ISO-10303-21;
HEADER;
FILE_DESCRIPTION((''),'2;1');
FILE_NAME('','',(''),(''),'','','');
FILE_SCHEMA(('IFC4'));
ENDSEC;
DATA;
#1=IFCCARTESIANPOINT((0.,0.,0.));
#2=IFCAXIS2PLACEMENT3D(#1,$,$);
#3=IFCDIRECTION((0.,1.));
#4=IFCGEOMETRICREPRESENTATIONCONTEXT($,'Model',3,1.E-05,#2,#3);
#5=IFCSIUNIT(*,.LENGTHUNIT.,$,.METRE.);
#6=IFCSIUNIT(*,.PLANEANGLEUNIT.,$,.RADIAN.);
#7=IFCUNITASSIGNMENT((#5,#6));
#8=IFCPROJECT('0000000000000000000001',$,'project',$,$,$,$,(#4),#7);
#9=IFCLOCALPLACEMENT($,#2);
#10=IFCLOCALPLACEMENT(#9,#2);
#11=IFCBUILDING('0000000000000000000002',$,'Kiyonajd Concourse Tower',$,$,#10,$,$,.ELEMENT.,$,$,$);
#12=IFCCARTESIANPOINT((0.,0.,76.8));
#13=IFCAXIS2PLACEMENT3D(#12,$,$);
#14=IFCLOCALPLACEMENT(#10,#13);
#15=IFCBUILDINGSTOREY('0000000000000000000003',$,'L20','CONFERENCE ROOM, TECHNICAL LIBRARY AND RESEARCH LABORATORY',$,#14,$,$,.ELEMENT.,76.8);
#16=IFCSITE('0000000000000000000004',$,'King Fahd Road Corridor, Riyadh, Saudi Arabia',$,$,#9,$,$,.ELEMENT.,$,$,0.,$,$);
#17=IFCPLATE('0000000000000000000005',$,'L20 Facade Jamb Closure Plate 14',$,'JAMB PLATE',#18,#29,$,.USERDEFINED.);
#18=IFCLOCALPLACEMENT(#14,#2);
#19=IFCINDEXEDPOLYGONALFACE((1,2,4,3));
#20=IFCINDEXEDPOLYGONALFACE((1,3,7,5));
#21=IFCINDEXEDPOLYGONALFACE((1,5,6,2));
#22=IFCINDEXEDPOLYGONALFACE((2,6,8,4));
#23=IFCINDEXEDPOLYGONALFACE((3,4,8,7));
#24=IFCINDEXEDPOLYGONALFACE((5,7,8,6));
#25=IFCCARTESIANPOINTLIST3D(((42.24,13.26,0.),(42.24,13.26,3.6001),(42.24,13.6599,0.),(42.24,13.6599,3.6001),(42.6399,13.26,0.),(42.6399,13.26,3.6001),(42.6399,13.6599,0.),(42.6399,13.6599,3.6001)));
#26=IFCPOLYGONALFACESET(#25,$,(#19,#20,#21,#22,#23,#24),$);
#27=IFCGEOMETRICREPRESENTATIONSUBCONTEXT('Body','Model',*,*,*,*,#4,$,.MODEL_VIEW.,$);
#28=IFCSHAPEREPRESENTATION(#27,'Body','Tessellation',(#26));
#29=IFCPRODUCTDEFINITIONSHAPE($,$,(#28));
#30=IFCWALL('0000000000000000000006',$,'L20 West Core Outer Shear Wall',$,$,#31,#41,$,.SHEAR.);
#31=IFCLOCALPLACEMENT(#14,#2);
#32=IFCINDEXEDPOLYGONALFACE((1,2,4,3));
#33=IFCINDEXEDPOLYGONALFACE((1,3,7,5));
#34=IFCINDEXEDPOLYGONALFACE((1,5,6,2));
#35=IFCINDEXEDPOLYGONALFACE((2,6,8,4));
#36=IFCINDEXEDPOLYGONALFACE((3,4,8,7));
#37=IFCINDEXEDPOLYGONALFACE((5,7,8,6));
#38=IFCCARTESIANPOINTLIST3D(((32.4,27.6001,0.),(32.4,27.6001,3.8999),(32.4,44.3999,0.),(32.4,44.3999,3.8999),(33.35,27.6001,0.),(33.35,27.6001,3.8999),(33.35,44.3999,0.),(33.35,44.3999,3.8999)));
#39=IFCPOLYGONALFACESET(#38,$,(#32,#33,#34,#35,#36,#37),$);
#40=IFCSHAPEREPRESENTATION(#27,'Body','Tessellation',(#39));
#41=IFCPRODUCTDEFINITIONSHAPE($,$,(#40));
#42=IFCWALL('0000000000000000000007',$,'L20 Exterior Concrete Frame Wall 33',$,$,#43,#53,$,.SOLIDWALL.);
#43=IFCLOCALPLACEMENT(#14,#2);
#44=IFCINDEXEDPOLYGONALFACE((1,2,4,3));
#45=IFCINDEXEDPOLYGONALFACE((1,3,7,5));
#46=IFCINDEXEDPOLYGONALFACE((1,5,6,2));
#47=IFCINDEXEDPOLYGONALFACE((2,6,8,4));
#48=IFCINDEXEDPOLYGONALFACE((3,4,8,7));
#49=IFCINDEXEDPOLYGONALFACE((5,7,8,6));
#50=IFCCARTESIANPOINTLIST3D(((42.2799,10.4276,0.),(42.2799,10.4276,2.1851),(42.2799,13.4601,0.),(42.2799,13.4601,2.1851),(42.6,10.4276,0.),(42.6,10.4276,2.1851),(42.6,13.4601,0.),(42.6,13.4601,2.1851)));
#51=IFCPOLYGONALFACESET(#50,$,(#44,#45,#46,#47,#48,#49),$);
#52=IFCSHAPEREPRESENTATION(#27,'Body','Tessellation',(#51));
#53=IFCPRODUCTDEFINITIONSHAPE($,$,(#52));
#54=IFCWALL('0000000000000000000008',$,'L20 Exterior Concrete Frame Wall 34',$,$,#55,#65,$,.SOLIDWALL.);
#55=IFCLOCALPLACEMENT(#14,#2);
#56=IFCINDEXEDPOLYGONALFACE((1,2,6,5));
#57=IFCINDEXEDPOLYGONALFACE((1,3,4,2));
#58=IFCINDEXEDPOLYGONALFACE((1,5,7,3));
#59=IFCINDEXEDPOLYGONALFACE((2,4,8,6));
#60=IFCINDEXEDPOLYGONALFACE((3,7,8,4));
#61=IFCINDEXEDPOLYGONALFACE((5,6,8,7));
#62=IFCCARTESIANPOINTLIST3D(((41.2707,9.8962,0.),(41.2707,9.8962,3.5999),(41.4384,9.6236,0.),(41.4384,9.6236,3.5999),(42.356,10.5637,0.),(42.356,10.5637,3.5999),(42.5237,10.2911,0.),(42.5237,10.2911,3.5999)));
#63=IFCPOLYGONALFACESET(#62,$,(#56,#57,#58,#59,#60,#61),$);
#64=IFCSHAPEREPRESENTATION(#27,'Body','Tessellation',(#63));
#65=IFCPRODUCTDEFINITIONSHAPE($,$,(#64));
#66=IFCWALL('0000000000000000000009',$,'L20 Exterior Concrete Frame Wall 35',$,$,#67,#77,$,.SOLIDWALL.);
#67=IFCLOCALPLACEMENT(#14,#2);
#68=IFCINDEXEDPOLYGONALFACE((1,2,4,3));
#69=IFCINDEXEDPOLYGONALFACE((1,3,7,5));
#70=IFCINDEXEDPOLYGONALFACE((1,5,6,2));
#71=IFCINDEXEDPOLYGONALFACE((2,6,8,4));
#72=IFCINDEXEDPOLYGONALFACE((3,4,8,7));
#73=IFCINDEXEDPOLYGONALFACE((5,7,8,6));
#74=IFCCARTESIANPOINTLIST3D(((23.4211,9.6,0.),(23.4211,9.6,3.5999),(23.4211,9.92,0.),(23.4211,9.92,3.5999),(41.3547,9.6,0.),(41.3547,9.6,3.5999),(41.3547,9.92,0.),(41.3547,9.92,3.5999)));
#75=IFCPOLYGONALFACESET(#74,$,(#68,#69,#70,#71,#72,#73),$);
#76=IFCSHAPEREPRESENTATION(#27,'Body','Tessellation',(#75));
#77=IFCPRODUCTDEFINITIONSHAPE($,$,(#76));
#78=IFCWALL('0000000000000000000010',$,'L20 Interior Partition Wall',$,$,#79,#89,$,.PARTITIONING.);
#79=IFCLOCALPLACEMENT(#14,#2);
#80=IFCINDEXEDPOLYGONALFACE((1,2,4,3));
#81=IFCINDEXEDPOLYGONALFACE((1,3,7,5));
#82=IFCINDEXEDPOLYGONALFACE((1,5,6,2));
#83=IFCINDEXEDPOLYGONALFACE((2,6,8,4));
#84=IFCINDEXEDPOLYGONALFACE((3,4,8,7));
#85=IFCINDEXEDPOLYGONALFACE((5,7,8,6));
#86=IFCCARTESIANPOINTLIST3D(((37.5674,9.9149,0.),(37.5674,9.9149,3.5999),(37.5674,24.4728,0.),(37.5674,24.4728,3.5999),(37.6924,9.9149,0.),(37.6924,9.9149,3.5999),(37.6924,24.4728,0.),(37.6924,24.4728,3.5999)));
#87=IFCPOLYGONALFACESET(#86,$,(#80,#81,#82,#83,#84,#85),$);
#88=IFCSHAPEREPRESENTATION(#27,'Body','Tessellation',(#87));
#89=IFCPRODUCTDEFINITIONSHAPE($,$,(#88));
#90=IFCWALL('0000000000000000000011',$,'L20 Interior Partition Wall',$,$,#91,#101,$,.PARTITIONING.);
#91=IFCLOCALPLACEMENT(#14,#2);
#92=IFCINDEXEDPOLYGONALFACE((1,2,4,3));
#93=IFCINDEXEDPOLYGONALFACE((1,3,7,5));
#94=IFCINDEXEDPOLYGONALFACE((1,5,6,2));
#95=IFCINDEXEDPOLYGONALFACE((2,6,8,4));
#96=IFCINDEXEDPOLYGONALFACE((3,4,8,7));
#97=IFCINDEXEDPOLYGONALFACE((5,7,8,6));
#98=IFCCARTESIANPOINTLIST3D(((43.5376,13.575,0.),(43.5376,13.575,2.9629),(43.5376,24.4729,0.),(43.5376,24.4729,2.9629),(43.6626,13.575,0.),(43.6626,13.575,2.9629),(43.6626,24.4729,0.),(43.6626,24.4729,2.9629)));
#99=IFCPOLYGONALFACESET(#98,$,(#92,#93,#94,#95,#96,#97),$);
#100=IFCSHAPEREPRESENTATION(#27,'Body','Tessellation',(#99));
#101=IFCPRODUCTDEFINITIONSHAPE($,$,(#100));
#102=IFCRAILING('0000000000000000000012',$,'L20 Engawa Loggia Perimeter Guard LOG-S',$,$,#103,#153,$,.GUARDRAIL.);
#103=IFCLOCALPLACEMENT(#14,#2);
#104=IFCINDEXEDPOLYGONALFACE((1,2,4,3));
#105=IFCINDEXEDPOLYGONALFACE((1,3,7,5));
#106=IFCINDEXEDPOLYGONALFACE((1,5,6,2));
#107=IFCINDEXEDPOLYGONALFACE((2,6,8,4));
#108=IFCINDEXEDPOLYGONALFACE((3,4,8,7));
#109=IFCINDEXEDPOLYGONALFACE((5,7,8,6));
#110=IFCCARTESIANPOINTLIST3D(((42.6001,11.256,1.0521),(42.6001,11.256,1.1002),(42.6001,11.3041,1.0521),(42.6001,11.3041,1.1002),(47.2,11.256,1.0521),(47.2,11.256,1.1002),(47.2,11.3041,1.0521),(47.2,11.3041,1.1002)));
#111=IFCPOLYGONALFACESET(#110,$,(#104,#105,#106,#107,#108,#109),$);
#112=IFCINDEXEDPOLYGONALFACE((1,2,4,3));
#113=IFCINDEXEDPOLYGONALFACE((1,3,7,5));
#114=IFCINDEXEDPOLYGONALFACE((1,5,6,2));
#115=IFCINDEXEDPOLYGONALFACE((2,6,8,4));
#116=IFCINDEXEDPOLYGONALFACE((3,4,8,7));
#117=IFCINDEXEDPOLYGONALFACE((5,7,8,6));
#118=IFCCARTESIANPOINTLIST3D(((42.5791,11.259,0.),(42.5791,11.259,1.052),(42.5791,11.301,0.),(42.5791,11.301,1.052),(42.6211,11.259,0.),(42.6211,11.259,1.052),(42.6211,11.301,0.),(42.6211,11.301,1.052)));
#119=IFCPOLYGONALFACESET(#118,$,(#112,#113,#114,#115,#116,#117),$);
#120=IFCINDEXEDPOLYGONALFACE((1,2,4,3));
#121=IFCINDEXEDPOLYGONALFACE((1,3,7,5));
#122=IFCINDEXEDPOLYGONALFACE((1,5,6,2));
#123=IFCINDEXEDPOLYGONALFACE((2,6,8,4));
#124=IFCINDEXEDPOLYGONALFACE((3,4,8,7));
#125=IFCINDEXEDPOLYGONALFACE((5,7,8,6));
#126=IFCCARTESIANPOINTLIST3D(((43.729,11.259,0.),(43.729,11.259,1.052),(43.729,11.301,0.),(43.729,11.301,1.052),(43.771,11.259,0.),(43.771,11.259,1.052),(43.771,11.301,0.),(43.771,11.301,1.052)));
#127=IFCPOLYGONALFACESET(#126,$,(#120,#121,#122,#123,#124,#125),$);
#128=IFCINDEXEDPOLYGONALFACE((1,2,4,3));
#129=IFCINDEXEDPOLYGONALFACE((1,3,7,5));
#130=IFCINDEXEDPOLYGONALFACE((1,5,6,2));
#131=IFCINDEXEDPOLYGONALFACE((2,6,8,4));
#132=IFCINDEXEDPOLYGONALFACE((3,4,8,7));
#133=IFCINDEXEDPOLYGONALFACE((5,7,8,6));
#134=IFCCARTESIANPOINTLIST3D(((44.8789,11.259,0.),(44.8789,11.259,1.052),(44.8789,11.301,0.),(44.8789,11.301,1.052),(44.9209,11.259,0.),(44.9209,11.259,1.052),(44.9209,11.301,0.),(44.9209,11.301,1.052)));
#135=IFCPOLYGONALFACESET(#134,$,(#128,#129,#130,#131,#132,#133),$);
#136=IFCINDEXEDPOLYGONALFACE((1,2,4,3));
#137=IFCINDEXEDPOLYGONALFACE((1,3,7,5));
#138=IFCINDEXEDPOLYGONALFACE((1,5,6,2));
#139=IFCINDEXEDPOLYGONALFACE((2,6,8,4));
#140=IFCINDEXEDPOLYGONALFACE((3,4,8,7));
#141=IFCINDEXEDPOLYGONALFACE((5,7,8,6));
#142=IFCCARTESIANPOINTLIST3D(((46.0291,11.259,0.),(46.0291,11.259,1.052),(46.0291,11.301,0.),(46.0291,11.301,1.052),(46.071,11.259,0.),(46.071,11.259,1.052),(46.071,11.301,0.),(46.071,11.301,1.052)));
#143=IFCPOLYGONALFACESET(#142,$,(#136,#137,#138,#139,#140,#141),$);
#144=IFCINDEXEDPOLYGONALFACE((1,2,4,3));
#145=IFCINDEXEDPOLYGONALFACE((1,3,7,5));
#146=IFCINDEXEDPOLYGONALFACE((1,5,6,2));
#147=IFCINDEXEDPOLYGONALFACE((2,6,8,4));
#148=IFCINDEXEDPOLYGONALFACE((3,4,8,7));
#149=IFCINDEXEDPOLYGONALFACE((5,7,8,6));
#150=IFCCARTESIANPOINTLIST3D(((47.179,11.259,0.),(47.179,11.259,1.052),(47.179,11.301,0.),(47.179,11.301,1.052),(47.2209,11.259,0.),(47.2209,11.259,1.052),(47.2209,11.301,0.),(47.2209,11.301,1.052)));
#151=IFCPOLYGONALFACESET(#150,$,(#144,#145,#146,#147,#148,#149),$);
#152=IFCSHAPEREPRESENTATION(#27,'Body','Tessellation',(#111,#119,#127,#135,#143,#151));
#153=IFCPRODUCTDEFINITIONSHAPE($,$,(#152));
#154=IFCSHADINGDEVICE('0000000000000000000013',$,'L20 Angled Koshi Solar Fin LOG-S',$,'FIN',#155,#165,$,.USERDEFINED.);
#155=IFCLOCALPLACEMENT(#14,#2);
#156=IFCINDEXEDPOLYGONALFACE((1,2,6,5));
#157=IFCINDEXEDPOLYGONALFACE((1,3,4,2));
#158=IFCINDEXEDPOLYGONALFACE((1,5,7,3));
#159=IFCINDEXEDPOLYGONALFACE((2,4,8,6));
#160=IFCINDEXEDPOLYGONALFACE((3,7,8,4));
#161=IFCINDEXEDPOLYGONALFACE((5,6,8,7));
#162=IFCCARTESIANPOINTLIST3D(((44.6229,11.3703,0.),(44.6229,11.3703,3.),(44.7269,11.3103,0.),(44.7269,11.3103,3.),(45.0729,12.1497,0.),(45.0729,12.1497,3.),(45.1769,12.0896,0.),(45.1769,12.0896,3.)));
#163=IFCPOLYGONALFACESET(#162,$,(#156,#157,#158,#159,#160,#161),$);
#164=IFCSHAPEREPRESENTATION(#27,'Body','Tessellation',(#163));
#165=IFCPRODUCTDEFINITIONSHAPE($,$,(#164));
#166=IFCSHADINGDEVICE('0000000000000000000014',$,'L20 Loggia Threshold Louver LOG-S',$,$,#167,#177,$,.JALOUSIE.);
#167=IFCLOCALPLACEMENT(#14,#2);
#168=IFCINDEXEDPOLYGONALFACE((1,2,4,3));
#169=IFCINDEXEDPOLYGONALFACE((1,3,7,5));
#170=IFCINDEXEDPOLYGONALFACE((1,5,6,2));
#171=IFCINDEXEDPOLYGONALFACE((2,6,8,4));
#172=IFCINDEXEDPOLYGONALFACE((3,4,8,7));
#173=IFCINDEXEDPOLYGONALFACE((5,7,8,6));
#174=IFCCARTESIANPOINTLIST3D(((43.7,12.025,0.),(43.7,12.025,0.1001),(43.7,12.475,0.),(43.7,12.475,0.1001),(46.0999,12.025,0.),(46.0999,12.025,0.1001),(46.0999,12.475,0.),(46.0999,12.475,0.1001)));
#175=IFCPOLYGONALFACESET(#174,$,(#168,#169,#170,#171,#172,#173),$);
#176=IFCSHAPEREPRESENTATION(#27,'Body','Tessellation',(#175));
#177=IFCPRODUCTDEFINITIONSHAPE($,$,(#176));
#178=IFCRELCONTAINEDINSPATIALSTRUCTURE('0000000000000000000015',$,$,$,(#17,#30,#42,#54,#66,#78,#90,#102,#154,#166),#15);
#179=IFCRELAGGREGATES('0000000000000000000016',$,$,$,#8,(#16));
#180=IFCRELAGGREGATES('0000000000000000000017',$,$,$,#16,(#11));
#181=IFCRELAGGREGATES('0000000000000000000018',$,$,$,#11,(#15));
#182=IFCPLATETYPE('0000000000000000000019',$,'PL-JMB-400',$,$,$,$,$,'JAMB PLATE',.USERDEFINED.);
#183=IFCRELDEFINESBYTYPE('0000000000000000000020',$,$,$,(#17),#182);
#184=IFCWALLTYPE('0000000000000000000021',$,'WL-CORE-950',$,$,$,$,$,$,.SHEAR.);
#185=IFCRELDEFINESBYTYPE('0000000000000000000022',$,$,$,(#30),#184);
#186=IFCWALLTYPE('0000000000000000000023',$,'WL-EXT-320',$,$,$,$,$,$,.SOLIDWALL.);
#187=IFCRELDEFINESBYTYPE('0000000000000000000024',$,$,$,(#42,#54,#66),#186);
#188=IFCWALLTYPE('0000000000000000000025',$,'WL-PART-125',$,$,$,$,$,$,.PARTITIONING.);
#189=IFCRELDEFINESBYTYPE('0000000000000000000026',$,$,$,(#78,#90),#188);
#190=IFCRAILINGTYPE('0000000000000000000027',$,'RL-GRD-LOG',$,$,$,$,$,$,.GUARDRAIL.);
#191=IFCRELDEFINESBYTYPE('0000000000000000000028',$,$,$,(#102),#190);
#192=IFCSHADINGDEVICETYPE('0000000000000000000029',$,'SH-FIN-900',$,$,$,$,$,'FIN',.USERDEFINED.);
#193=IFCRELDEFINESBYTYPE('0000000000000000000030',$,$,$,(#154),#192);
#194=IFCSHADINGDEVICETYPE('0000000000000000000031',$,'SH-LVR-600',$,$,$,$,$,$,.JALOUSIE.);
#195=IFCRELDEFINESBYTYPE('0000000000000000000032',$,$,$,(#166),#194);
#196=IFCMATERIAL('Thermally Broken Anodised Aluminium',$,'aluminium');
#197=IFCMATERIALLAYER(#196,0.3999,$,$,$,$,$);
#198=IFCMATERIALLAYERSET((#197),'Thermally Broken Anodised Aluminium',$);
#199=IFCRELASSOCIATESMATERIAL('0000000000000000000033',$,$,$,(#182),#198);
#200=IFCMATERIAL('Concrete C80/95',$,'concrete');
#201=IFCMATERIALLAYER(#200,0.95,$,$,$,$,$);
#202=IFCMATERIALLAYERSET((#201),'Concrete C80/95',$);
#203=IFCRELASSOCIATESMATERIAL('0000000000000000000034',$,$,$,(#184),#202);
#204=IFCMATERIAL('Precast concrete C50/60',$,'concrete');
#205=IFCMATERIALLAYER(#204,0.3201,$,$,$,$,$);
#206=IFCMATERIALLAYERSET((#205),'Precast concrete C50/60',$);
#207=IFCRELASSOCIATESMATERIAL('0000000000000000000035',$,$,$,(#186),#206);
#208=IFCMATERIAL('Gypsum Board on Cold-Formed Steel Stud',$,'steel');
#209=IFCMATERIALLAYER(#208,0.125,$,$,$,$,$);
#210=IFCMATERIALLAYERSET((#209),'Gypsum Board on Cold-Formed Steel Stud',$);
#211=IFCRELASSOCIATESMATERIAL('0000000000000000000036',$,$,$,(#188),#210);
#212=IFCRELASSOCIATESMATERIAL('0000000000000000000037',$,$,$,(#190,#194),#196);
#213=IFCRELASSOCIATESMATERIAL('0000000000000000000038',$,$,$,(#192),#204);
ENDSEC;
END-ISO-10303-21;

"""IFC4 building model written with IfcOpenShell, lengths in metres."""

from ifc_helpers import new_model, si_unit, direction, frame, frame_2d, origin, origin_2d, place, context, subcontext, project, spatial, rectangle, extrude, material, layer, layer_set, type_object, element, save


model = new_model("IFC4")

# Units and contexts
model_context = context("Model", 3, precision=1e-05, world=origin(), true_north=direction((0.0, 1.0)))
body_context = subcontext(model_context, "Body", "Model", "MODEL_VIEW")
ifc_project = project(units=[si_unit("LENGTHUNIT", "METRE"), si_unit("PLANEANGLEUNIT", "RADIAN")], contexts=[model_context])

# Site, building, storey
site_placement = place(None, origin())
site = spatial("IfcSite", under=ifc_project, at=site_placement, Name="King Fahd Road Corridor, Riyadh, Saudi Arabia", CompositionType="ELEMENT", RefElevation=0.0)
building_placement = place(site_placement, origin())
building = spatial("IfcBuilding", under=site, at=building_placement, Name="Kiyonajd Concourse Tower", CompositionType="ELEMENT")
storey_placement = place(building_placement, frame((0.0, 0.0, 76.8)))
storey = spatial("IfcBuildingStorey", under=building, at=storey_placement, Name="L20", Description="CONFERENCE ROOM, TECHNICAL LIBRARY AND RESEARCH LABORATORY", CompositionType="ELEMENT", Elevation=76.8)

# Shared definitions
ifc_material_1 = material(Name="Concrete C80/95", Category="concrete")

# Plate
ifc_material_2 = material(Name="Thermally Broken Anodised Aluminium", Category="aluminium")
ifc_layer_1 = layer(ifc_material_2, 0.3999)
ifc_layer_set_1 = layer_set([ifc_layer_1], Name="Thermally Broken Anodised Aluminium")
plate_type_1 = type_object("IfcPlateType", Name="PL-JMB-400", ElementType="JAMB PLATE", PredefinedType="USERDEFINED", material=ifc_layer_set_1)
plate_1_placement = place(storey_placement, frame((42.4399, 13.46, 0.0), z_axis=(0.0, 0.0, 1.0), x_axis=(1.0, 0.0, 0.0)))
element("IfcPlate", 1, at=plate_1_placement, inside=storey, type_object=plate_type_1, Name="L20 Facade Jamb Closure Plate 14", ObjectType="JAMB PLATE", PredefinedType="USERDEFINED", context=body_context, shape_type="SweptSolid", body=[
    extrude(rectangle(XDim=0.3999, YDim=0.3999, at=origin_2d()), origin(), (0.0, 0.0, 1.0), 3.6001),
])

# Walls
ifc_layer_2 = layer(ifc_material_1, 0.95)
ifc_layer_set_2 = layer_set([ifc_layer_2], Name="Concrete C80/95")
wall_type_1 = type_object("IfcWallType", Name="WL-CORE-950", PredefinedType="SHEAR", material=ifc_layer_set_2)
wall_1_placement = place(storey_placement, frame((32.875, 27.6001, 0.0), z_axis=(0.0, 0.0, 1.0), x_axis=(0.0, 1.0, 0.0)))
element("IfcWall", 2, at=wall_1_placement, inside=storey, type_object=wall_type_1, Name="L20 West Core Outer Shear Wall", PredefinedType="SHEAR", context=body_context, shape_type="SweptSolid", body=[
    extrude(rectangle(XDim=16.7998, YDim=0.95, at=frame_2d((8.3999, 0.0))), origin(), (0.0, 0.0, 1.0), 3.8999),
])
ifc_material_3 = material(Name="Precast concrete C50/60", Category="concrete")
ifc_layer_3 = layer(ifc_material_3, 0.3201)
ifc_layer_set_3 = layer_set([ifc_layer_3], Name="Precast concrete C50/60")
wall_type_2 = type_object("IfcWallType", Name="WL-EXT-320", PredefinedType="SOLIDWALL", material=ifc_layer_set_3)
wall_2_placement = place(storey_placement, frame((42.4399, 13.46, 0.0), z_axis=(0.0, 0.0, 1.0), x_axis=(0.0, -1.0, 0.0)))
element("IfcWall", 3, at=wall_2_placement, inside=storey, type_object=wall_type_2, Name="L20 Exterior Concrete Frame Wall 33", PredefinedType="SOLIDWALL", context=body_context, shape_type="SweptSolid", body=[
    extrude(rectangle(XDim=3.0325, YDim=0.3201, at=frame_2d((1.5161, 0.0))), origin(), (0.0, 0.0, 1.0), 2.1851),
])
wall_3_placement = place(storey_placement, frame((42.4399, 10.4275, 0.0), z_axis=(0.0, 0.0, 1.0), x_axis=(-0.851777, -0.523905, 0.0)))
element("IfcWall", 4, at=wall_3_placement, inside=storey, type_object=wall_type_2, Name="L20 Exterior Concrete Frame Wall 34", PredefinedType="SOLIDWALL", context=body_context, shape_type="SweptSolid", body=[
    extrude(rectangle(XDim=1.2742, YDim=0.3201, at=frame_2d((0.6372, 0.0))), origin(), (0.0, 0.0, 1.0), 3.5999),
])
wall_4_placement = place(storey_placement, frame((41.3547, 9.76, 0.0), z_axis=(0.0, 0.0, 1.0), x_axis=(-1.0, 0.0, 0.0)))
element("IfcWall", 5, at=wall_4_placement, inside=storey, type_object=wall_type_2, Name="L20 Exterior Concrete Frame Wall 35", PredefinedType="SOLIDWALL", context=body_context, shape_type="SweptSolid", body=[
    extrude(rectangle(XDim=17.9336, YDim=0.3201, at=frame_2d((8.9668, 0.0))), origin(), (0.0, 0.0, 1.0), 3.5999),
])
ifc_material_4 = material(Name="Gypsum Board on Cold-Formed Steel Stud", Category="steel")
ifc_layer_4 = layer(ifc_material_4, 0.125)
ifc_layer_set_4 = layer_set([ifc_layer_4], Name="Gypsum Board on Cold-Formed Steel Stud")
wall_type_3 = type_object("IfcWallType", Name="WL-PART-125", PredefinedType="PARTITIONING", material=ifc_layer_set_4)
wall_5_placement = place(storey_placement, frame((37.6299, 9.915, 0.0), z_axis=(0.0, 0.0, 1.0), x_axis=(0.0, 1.0, 0.0)))
element("IfcWall", 6, at=wall_5_placement, inside=storey, type_object=wall_type_3, Name="L20 Interior Partition Wall", PredefinedType="PARTITIONING", context=body_context, shape_type="SweptSolid", body=[
    extrude(rectangle(XDim=14.5579, YDim=0.125, at=frame_2d((7.2788, 0.0))), origin(), (0.0, 0.0, 1.0), 3.5999),
])
wall_6_placement = place(storey_placement, frame((43.6001, 13.575, 0.0), z_axis=(0.0, 0.0, 1.0), x_axis=(0.0, 1.0, 0.0)))
element("IfcWall", 7, at=wall_6_placement, inside=storey, type_object=wall_type_3, Name="L20 Interior Partition Wall", PredefinedType="PARTITIONING", context=body_context, shape_type="SweptSolid", body=[
    extrude(rectangle(XDim=10.8979, YDim=0.125, at=frame_2d((5.449, 0.0))), origin(), (0.0, 0.0, 1.0), 2.9629),
])

# Railing
railing_type = type_object("IfcRailingType", Name="RL-GRD-LOG", PredefinedType="GUARDRAIL", material=ifc_material_2)
railing_placement = place(storey_placement, frame((42.6001, 11.28, 0.0)))
element("IfcRailing", 8, at=railing_placement, inside=storey, type_object=railing_type, Name="L20 Engawa Loggia Perimeter Guard LOG-S", PredefinedType="GUARDRAIL", context=body_context, shape_type="SweptSolid", body=[
    extrude(rectangle(XDim=0.0481, YDim=0.0481, at=origin_2d()), frame((0.0, 0.0, 1.0762), z_axis=(1.0, 0.0, 0.0), x_axis=(0.0, 1.0, 0.0)), (0.0, 0.0, 1.0), 4.5999),
    extrude(rectangle(XDim=0.042, YDim=0.042, at=origin_2d()), origin(), (0.0, 0.0, 1.0), 1.052),
    extrude(rectangle(XDim=0.042, YDim=0.042, at=origin_2d()), frame((1.1499, 0.0, 0.0)), (0.0, 0.0, 1.0), 1.052),
    extrude(rectangle(XDim=0.042, YDim=0.042, at=origin_2d()), frame((2.2998, 0.0, 0.0)), (0.0, 0.0, 1.0), 1.052),
    extrude(rectangle(XDim=0.042, YDim=0.042, at=origin_2d()), frame((3.45, 0.0, 0.0)), (0.0, 0.0, 1.0), 1.052),
    extrude(rectangle(XDim=0.042, YDim=0.042, at=origin_2d()), frame((4.5999, 0.0, 0.0)), (0.0, 0.0, 1.0), 1.052),
])

# Shading devices
shading_device_type_1 = type_object("IfcShadingDeviceType", Name="SH-FIN-900", ElementType="FIN", PredefinedType="USERDEFINED", material=ifc_material_3)
shading_device_1_placement = place(storey_placement, frame((44.8999, 11.73, 0.0), z_axis=(0.0, 0.0, 1.0), x_axis=(0.5, 0.866025, 0.0)))
element("IfcShadingDevice", 9, at=shading_device_1_placement, inside=storey, type_object=shading_device_type_1, Name="L20 Angled Koshi Solar Fin LOG-S", ObjectType="FIN", PredefinedType="USERDEFINED", context=body_context, shape_type="SweptSolid", body=[
    extrude(rectangle(XDim=0.8999, YDim=0.1201, at=origin_2d()), origin(), (0.0, 0.0, 1.0), 3.0),
])
shading_device_type_2 = type_object("IfcShadingDeviceType", Name="SH-LVR-600", PredefinedType="JALOUSIE", material=ifc_material_2)
shading_device_2_placement = place(storey_placement, frame((44.8999, 12.25, 0.0), z_axis=(0.0, 0.0, 1.0), x_axis=(1.0, 0.0, 0.0)))
element("IfcShadingDevice", 10, at=shading_device_2_placement, inside=storey, type_object=shading_device_type_2, Name="L20 Loggia Threshold Louver LOG-S", PredefinedType="JALOUSIE", context=body_context, shape_type="SweptSolid", body=[
    extrude(rectangle(XDim=2.3999, YDim=0.45, at=origin_2d()), origin(), (0.0, 0.0, 1.0), 0.1001),
])

save(model, "model.ifc")
